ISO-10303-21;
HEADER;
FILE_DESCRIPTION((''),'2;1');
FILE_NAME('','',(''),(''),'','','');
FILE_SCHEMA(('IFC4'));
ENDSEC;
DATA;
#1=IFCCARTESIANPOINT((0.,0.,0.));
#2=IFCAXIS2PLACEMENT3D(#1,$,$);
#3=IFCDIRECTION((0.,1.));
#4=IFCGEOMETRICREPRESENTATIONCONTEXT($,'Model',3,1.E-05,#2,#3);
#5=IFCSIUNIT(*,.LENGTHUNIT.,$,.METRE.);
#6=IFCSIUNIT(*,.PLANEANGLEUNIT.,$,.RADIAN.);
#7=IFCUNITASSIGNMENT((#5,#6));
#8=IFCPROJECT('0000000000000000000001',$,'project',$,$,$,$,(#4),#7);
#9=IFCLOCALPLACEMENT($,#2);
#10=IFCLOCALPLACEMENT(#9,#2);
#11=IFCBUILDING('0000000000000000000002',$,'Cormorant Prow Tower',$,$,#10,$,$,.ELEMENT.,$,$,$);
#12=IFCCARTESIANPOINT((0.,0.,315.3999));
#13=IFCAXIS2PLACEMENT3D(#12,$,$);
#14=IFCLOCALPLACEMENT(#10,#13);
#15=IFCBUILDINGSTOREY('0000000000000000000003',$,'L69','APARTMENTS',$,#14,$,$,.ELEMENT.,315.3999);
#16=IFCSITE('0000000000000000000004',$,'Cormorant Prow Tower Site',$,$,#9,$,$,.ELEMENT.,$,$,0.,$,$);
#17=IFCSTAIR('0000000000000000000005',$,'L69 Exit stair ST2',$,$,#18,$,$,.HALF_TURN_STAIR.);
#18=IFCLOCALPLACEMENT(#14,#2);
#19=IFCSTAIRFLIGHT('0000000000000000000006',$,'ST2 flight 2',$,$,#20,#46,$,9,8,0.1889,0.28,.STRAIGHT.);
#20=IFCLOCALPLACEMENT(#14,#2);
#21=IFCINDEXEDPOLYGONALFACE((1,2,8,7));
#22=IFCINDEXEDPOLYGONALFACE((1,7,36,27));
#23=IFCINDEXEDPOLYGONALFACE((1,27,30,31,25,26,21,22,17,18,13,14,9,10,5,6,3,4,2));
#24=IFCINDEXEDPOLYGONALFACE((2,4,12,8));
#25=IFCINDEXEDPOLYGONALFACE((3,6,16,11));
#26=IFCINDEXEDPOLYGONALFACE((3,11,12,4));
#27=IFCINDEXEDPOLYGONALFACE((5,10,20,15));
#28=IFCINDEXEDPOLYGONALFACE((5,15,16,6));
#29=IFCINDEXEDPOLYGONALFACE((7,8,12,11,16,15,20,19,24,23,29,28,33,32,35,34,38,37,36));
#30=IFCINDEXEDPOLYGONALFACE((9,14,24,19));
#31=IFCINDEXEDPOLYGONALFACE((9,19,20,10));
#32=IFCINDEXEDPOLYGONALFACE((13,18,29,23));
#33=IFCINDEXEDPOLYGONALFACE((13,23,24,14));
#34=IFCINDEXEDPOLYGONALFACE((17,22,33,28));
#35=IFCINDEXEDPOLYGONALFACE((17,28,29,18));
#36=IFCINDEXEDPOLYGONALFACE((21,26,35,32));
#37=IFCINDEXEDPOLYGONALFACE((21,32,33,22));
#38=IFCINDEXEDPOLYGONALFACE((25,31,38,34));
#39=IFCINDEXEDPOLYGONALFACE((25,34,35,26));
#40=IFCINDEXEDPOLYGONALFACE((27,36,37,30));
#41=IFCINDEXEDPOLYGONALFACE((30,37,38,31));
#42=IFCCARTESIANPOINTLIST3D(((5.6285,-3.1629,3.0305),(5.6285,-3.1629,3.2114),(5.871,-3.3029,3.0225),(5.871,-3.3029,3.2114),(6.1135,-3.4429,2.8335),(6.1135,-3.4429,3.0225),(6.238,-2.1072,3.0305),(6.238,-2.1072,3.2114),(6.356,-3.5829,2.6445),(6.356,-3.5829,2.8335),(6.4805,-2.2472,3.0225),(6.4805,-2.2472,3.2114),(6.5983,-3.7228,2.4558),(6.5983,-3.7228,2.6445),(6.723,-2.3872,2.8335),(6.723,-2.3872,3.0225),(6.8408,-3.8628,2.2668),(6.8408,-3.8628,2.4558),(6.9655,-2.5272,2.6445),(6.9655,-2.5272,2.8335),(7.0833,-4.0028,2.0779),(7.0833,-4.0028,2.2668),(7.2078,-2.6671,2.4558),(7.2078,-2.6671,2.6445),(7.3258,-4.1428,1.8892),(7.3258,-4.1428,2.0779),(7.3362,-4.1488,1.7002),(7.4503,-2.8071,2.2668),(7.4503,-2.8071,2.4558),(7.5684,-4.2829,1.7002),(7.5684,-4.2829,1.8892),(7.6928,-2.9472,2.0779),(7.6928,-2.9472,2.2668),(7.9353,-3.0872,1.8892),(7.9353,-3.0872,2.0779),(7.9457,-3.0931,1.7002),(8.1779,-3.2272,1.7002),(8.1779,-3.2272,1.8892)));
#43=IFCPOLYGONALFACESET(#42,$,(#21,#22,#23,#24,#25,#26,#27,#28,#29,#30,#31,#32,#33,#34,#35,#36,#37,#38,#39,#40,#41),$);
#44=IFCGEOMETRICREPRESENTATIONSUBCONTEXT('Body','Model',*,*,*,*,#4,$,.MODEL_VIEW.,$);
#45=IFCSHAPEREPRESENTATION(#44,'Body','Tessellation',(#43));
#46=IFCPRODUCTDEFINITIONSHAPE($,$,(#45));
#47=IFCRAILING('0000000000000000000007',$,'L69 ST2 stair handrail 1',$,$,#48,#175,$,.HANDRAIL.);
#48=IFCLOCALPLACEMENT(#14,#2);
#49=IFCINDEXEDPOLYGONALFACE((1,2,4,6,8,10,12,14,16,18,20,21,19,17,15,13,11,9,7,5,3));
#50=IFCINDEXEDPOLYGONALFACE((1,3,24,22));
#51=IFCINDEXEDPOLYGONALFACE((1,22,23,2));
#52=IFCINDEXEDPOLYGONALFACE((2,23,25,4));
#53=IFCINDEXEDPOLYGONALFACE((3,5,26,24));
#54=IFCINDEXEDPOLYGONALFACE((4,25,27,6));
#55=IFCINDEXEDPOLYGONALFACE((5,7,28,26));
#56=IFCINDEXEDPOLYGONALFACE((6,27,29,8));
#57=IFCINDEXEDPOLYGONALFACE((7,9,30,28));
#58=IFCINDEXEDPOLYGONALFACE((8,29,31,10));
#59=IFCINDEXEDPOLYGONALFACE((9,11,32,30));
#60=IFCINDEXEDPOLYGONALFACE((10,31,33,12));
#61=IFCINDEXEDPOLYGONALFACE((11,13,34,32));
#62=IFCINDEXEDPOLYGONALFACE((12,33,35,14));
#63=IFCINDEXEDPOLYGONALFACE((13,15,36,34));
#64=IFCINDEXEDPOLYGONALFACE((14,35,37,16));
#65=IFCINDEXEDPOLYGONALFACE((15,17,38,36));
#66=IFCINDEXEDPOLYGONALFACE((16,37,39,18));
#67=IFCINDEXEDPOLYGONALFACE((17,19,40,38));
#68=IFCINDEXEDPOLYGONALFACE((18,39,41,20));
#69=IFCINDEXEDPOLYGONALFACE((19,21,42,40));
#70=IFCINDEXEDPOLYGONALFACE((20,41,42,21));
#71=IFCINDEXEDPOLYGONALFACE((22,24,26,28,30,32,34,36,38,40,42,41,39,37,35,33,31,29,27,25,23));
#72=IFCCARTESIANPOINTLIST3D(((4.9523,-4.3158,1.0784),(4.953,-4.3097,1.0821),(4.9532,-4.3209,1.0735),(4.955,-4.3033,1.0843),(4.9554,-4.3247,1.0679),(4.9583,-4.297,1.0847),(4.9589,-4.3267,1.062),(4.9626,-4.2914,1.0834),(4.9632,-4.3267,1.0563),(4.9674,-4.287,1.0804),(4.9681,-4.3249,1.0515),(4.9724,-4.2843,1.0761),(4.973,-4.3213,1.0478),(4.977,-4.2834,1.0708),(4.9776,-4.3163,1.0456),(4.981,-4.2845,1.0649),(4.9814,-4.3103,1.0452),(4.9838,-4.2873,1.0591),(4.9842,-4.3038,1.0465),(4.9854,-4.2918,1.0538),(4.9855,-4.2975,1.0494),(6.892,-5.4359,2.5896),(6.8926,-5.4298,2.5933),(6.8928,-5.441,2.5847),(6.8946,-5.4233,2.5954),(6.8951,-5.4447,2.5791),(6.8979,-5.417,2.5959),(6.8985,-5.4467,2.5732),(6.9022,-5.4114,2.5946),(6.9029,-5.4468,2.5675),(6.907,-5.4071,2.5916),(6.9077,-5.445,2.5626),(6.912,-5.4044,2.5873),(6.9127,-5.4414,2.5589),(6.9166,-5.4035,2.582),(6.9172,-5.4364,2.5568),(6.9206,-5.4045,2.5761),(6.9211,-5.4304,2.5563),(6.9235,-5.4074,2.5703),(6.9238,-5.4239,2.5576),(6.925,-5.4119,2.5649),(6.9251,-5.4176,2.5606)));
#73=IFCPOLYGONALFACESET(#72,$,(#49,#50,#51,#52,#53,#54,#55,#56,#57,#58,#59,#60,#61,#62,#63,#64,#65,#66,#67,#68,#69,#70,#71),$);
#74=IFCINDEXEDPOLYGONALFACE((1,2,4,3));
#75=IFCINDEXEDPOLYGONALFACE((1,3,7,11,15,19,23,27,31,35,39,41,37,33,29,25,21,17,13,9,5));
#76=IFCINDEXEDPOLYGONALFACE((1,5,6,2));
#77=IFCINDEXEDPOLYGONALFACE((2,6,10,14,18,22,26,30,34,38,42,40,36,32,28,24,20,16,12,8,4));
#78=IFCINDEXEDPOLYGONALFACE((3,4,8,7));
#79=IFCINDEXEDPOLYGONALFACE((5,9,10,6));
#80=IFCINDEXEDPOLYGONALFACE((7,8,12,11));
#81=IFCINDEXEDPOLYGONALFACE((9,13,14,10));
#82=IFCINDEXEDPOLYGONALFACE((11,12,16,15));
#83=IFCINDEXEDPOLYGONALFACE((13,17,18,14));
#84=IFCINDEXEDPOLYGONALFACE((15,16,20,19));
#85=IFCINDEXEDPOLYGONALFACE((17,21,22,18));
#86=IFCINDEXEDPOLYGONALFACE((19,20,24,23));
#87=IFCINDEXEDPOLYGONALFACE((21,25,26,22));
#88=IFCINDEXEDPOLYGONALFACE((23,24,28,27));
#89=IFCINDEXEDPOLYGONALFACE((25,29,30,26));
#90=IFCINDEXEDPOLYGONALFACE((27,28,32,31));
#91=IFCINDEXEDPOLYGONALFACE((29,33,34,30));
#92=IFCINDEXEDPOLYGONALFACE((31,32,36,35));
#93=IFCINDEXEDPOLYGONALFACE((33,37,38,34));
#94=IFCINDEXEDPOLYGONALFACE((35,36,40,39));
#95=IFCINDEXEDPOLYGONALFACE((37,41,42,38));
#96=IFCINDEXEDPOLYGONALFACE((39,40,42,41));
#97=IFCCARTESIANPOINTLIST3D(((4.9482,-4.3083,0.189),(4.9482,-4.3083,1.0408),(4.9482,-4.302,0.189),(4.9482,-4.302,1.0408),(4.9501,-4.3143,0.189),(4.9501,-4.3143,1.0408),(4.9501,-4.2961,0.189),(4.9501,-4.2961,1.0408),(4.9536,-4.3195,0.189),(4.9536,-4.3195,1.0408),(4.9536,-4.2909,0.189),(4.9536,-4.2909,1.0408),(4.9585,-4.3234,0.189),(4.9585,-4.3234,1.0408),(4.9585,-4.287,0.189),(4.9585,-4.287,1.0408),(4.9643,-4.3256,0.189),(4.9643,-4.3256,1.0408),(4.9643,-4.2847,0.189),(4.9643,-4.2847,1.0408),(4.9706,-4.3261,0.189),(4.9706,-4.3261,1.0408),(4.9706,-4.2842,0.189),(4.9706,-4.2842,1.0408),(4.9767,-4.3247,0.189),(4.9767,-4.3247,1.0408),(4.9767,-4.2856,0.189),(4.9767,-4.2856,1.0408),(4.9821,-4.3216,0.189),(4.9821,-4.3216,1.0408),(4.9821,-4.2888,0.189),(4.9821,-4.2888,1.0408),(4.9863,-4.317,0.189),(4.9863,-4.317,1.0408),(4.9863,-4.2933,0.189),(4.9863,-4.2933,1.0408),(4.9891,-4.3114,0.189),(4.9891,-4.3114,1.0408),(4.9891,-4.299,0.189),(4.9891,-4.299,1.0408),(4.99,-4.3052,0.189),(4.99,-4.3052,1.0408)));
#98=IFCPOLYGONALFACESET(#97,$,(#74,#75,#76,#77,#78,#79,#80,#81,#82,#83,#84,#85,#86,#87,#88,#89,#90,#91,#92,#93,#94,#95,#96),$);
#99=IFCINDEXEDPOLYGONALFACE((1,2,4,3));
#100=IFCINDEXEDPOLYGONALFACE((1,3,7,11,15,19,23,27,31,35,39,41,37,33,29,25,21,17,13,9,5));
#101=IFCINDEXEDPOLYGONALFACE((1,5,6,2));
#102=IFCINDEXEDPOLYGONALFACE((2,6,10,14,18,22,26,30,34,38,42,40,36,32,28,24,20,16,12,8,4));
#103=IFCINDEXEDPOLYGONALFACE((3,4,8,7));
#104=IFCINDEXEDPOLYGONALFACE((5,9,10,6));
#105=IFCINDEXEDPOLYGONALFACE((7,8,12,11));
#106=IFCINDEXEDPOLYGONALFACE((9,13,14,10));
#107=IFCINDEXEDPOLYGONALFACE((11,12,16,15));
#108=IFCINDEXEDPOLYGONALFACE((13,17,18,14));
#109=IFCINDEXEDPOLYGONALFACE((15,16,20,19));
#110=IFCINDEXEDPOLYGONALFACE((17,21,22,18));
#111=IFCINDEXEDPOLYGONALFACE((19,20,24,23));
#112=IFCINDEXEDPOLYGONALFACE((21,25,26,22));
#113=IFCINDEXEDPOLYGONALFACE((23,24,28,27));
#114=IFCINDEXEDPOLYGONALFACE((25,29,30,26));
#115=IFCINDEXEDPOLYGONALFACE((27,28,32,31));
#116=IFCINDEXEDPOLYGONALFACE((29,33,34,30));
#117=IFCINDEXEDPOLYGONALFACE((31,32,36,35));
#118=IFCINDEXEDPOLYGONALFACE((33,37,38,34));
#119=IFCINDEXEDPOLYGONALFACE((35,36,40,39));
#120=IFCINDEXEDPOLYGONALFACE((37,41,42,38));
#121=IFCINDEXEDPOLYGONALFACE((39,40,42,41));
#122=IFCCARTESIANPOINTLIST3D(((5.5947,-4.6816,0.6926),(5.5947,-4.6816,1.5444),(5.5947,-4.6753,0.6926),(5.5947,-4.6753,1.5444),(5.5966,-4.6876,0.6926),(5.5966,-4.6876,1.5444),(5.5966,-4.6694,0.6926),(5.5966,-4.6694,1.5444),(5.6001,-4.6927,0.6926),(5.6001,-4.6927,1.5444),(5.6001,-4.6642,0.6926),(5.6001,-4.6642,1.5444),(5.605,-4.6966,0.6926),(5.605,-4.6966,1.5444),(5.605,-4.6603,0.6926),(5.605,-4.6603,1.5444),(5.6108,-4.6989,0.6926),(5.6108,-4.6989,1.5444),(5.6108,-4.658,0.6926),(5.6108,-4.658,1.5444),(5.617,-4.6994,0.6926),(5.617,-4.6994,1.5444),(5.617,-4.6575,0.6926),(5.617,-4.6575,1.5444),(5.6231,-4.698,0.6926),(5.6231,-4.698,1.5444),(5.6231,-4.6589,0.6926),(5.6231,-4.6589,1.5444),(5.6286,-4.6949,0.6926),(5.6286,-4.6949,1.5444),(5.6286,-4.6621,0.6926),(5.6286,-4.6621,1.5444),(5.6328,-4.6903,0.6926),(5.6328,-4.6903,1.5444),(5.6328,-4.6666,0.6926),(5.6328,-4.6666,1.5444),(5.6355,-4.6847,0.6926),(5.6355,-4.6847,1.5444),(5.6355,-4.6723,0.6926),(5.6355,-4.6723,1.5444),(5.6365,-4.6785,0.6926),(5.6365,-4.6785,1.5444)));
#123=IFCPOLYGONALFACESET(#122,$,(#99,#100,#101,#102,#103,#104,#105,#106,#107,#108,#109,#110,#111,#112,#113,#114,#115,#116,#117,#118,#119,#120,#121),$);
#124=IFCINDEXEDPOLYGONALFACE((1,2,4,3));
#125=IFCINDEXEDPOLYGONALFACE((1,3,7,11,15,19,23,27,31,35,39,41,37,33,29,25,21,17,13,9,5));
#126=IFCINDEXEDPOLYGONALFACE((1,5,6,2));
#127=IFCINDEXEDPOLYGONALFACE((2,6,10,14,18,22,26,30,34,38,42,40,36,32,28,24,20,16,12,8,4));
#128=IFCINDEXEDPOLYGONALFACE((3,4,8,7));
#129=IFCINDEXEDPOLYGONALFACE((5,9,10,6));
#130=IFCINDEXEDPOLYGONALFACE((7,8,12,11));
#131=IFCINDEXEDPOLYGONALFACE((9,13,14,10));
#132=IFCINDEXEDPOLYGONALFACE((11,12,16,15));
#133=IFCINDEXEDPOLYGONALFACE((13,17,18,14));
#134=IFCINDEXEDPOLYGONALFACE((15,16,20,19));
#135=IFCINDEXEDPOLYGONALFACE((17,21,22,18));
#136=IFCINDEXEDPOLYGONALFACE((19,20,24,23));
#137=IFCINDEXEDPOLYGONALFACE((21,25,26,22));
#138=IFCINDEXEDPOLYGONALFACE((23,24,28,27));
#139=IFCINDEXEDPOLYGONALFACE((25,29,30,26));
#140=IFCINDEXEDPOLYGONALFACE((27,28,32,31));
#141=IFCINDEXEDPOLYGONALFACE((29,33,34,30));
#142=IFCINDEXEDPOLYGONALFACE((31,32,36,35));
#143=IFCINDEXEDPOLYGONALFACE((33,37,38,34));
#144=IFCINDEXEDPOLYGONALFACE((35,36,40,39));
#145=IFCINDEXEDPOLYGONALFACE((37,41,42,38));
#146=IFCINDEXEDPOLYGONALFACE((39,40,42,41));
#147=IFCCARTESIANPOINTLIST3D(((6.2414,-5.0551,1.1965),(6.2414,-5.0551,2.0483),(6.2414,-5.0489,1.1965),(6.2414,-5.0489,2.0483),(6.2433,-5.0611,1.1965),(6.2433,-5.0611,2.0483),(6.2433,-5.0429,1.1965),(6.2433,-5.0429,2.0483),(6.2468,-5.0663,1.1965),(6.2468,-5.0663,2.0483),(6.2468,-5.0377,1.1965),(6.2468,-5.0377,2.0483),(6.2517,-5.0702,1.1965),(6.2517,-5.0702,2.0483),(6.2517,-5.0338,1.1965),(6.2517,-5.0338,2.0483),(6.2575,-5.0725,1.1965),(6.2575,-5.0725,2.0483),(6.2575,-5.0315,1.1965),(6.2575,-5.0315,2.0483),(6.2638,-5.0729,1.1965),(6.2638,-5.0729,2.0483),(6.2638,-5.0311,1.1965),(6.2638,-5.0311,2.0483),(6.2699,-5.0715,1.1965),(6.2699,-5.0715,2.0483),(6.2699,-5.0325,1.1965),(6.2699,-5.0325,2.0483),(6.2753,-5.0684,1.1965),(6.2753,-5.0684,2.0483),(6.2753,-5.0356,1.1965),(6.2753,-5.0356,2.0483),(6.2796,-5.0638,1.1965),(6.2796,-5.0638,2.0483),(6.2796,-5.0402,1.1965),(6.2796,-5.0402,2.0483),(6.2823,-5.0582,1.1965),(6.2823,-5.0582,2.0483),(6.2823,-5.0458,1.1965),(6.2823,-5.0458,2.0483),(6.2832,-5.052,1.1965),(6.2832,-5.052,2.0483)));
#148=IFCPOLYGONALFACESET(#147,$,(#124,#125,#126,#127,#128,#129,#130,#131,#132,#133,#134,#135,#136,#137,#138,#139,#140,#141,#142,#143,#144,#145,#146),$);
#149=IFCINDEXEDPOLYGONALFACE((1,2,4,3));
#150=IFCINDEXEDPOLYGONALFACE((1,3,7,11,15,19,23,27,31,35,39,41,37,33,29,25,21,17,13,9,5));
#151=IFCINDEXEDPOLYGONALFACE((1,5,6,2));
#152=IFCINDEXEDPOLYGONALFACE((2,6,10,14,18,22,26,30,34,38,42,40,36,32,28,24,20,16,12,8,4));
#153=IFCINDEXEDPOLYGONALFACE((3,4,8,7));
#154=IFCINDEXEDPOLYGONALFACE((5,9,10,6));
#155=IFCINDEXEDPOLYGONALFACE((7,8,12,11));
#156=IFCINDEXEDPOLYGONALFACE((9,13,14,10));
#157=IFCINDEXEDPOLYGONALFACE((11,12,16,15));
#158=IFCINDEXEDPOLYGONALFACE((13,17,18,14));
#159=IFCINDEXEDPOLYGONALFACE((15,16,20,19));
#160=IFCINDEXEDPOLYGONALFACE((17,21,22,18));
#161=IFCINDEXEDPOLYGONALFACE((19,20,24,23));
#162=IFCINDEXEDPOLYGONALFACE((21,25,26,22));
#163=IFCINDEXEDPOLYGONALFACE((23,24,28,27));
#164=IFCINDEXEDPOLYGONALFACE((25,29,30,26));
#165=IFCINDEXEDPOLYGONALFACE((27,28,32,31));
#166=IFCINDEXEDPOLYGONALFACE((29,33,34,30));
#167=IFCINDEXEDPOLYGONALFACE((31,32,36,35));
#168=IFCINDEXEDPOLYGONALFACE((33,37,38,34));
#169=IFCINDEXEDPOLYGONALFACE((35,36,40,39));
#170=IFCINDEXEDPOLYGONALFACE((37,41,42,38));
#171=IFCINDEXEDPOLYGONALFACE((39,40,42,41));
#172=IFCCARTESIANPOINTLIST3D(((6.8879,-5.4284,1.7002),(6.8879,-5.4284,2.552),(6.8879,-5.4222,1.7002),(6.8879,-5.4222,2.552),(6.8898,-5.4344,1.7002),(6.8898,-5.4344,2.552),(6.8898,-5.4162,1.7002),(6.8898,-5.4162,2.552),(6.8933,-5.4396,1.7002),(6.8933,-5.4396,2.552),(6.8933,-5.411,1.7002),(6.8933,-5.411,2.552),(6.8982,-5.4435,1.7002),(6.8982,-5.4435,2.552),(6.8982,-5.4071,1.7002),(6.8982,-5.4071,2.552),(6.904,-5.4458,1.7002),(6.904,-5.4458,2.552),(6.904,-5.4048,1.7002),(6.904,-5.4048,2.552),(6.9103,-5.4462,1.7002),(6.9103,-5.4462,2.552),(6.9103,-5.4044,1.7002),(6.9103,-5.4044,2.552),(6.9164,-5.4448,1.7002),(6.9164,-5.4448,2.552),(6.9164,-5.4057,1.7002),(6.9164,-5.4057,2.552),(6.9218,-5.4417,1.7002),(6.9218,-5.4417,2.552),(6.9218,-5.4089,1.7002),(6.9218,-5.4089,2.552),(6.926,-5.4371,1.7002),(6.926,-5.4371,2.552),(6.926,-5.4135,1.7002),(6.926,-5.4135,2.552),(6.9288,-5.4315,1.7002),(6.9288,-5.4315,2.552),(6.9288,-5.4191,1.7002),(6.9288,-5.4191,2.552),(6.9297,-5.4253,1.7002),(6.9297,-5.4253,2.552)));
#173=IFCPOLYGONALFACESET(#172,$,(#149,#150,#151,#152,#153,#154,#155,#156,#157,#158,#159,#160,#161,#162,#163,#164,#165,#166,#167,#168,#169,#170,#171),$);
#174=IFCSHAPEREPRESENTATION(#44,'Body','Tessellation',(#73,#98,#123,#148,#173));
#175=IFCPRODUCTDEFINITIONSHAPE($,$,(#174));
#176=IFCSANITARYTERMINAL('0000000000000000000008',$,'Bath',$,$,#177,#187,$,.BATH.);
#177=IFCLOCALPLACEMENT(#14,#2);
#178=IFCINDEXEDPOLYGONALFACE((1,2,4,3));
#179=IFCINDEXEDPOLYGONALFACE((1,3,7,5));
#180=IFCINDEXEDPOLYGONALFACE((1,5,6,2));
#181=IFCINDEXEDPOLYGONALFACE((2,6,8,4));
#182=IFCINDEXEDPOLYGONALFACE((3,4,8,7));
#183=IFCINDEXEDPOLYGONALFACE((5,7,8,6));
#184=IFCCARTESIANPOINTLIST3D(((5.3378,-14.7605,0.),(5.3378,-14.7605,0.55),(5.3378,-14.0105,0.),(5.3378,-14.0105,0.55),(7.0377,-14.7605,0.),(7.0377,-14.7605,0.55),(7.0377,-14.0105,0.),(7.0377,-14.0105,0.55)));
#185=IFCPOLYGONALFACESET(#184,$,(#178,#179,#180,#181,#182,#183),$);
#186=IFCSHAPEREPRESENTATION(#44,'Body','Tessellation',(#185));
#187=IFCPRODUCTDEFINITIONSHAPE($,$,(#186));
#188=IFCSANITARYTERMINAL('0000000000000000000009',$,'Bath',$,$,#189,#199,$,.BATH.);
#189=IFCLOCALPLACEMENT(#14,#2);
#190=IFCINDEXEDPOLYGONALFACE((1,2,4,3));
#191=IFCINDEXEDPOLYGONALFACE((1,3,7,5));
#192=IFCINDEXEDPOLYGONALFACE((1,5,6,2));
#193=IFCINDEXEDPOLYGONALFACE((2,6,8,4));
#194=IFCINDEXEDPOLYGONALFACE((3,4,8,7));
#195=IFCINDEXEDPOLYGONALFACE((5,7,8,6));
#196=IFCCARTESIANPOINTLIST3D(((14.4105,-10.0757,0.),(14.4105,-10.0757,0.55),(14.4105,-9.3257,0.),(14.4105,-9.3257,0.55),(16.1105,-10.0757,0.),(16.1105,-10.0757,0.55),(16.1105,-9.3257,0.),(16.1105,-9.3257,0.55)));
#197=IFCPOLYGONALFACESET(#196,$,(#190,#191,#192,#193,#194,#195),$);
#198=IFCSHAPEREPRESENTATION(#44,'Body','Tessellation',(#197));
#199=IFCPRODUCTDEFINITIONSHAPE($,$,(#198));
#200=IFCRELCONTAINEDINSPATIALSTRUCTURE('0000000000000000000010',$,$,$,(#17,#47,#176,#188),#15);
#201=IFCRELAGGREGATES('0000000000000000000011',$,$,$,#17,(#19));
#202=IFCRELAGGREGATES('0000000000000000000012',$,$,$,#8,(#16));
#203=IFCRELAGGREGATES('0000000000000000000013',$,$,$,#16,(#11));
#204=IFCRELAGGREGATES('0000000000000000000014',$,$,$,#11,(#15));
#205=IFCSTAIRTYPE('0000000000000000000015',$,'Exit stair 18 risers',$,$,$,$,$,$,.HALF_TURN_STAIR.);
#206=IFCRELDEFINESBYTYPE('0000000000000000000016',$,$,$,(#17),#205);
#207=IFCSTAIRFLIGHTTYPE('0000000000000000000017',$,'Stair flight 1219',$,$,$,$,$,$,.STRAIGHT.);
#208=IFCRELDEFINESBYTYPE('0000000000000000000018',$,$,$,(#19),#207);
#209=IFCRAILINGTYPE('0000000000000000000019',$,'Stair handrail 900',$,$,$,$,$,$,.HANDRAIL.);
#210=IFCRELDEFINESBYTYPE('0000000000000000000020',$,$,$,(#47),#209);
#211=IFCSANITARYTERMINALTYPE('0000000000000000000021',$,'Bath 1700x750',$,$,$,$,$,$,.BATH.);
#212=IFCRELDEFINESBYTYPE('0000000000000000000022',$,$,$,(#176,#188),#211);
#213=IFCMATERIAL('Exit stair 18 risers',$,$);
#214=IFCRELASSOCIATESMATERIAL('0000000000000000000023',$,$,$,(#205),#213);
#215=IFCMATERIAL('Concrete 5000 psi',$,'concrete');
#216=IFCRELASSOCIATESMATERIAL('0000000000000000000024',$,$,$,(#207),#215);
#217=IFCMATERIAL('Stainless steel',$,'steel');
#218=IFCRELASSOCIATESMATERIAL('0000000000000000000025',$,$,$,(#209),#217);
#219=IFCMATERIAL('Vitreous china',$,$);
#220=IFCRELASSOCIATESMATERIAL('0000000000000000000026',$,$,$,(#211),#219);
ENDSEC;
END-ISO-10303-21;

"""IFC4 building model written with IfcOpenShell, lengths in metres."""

from ifc_helpers import new_model, si_unit, direction, frame, origin, origin_2d, place, context, subcontext, project, spatial, polyline, rectangle, circle, outline, extrude, material, type_object, element, aggregate, save


model = new_model("IFC4")

# Units and contexts
model_context = context("Model", 3, precision=1e-05, world=origin(), true_north=direction((0.0, 1.0)))
body_context = subcontext(model_context, "Body", "Model", "MODEL_VIEW")
ifc_project = project(units=[si_unit("LENGTHUNIT", "METRE"), si_unit("PLANEANGLEUNIT", "RADIAN")], contexts=[model_context])

# Site, building, storey
site_placement = place(None, origin())
site = spatial("IfcSite", under=ifc_project, at=site_placement, Name="Cormorant Prow Tower Site", CompositionType="ELEMENT", RefElevation=0.0)
building_placement = place(site_placement, origin())
building = spatial("IfcBuilding", under=site, at=building_placement, Name="Cormorant Prow Tower", CompositionType="ELEMENT")
storey_placement = place(building_placement, frame((0.0, 0.0, 315.3999)))
storey = spatial("IfcBuildingStorey", under=building, at=storey_placement, Name="L69", Description="APARTMENTS", CompositionType="ELEMENT", Elevation=315.3999)

# Stair, stair flight
ifc_material_1 = material(Name="Exit stair 18 risers")
stair_type = type_object("IfcStairType", Name="Exit stair 18 risers", PredefinedType="HALF_TURN_STAIR", material=ifc_material_1)
stair_placement = place(storey_placement, origin())
stair = element("IfcStair", 1, at=stair_placement, inside=storey, type_object=stair_type, Name="L69 Exit stair ST2", PredefinedType="HALF_TURN_STAIR")
ifc_material_2 = material(Name="Concrete 5000 psi", Category="concrete")
stair_flight_type = type_object("IfcStairFlightType", Name="Stair flight 1219", PredefinedType="STRAIGHT", material=ifc_material_2)
stair_flight_1_placement = place(storey_placement, frame((7.873, -3.7551, 1.7002), z_axis=(0.0, 0.0, 1.0), x_axis=(-0.866025, 0.5, 0.0)))
stair_flight_1 = element("IfcStairFlight", 2, at=stair_flight_1_placement, type_object=stair_flight_type, Name="ST2 flight 2", NumberOfRisers=9, NumberOfTreads=8, PredefinedType="STRAIGHT", RiserHeight=0.1889, TreadLength=0.28, context=body_context, shape_type="SweptSolid", body=[
    extrude(outline(polyline([(0.0, 0.0), (0.0, 0.189), (0.28, 0.189), (0.28, 0.3777), (0.5601, 0.3777), (0.5601, 0.5667), (0.8401, 0.5667), (0.8401, 0.7556), (1.1201, 0.7556), (1.1201, 0.9443), (1.3999, 0.9443), (1.3999, 1.1333), (1.6799, 1.1333), (1.6799, 1.3223), (1.96, 1.3223), (1.96, 1.5112), (2.24, 1.5112), (2.24, 1.7), (2.24, 1.3303), (0.2681, 0.0), (0.0, 0.0)])), frame((0.0, 0.6094, 0.0), z_axis=(0.0, -1.0, 0.0), x_axis=(1.0, 0.0, 0.0)), (0.0, 0.0, 1.0), 1.219),
])
aggregate(stair, [stair_flight_1])

# Railing
ifc_material_3 = material(Name="Stainless steel", Category="steel")
railing_type = type_object("IfcRailingType", Name="Stair handrail 900", PredefinedType="HANDRAIL", material=ifc_material_3)
railing_placement = place(storey_placement, frame((4.969, -4.3052, 0.189)))
element("IfcRailing", 3, at=railing_placement, inside=storey, type_object=railing_type, Name="L69 ST2 stair handrail 1", PredefinedType="HANDRAIL", context=body_context, shape_type="SweptSolid", body=[
    extrude(circle(Radius=0.0239, at=origin_2d()), frame((0.0, 0.0, 0.876), z_axis=(0.71787, -0.414548, 0.559297), x_axis=(0.500078, 0.86598, 0.0)), (0.0, 0.0, 1.0), 2.7019),
    extrude(circle(Radius=0.021, at=origin_2d()), origin(), (0.0, 0.0, 1.0), 0.8518),
    extrude(circle(Radius=0.021, at=origin_2d()), frame((0.6465, -0.3733, 0.5037)), (0.0, 0.0, 1.0), 0.8518),
    extrude(circle(Radius=0.021, at=origin_2d()), frame((1.2932, -0.7468, 1.0076)), (0.0, 0.0, 1.0), 0.8518),
    extrude(circle(Radius=0.021, at=origin_2d()), frame((1.9397, -1.1201, 1.5112)), (0.0, 0.0, 1.0), 0.8518),
])

# Sanitary terminals
ifc_material_4 = material(Name="Vitreous china")
sanitary_terminal_type_1 = type_object("IfcSanitaryTerminalType", Name="Bath 1700x750", PredefinedType="BATH", material=ifc_material_4)
for number, where, z_axis, x_axis, name in (
    (4, (6.1877, -14.3855, 0.0), (0.0, 0.0, 1.0), (1.0, 0.0, 0.0), "Bath"),
    (5, (15.2605, -9.7007, 0.0), (0.0, 0.0, 1.0), (1.0, 0.0, 0.0), "Bath"),
):
    element("IfcSanitaryTerminal", number, at=place(storey_placement, frame(where, z_axis=z_axis, x_axis=x_axis)), inside=storey, type_object=sanitary_terminal_type_1, Name=name, PredefinedType="BATH", context=body_context, shape_type="SweptSolid", body=[
        extrude(rectangle(XDim=1.7, YDim=0.75, at=origin_2d()), origin(), (0.0, 0.0, 1.0), 0.55),
    ])

save(model, "model.ifc")
